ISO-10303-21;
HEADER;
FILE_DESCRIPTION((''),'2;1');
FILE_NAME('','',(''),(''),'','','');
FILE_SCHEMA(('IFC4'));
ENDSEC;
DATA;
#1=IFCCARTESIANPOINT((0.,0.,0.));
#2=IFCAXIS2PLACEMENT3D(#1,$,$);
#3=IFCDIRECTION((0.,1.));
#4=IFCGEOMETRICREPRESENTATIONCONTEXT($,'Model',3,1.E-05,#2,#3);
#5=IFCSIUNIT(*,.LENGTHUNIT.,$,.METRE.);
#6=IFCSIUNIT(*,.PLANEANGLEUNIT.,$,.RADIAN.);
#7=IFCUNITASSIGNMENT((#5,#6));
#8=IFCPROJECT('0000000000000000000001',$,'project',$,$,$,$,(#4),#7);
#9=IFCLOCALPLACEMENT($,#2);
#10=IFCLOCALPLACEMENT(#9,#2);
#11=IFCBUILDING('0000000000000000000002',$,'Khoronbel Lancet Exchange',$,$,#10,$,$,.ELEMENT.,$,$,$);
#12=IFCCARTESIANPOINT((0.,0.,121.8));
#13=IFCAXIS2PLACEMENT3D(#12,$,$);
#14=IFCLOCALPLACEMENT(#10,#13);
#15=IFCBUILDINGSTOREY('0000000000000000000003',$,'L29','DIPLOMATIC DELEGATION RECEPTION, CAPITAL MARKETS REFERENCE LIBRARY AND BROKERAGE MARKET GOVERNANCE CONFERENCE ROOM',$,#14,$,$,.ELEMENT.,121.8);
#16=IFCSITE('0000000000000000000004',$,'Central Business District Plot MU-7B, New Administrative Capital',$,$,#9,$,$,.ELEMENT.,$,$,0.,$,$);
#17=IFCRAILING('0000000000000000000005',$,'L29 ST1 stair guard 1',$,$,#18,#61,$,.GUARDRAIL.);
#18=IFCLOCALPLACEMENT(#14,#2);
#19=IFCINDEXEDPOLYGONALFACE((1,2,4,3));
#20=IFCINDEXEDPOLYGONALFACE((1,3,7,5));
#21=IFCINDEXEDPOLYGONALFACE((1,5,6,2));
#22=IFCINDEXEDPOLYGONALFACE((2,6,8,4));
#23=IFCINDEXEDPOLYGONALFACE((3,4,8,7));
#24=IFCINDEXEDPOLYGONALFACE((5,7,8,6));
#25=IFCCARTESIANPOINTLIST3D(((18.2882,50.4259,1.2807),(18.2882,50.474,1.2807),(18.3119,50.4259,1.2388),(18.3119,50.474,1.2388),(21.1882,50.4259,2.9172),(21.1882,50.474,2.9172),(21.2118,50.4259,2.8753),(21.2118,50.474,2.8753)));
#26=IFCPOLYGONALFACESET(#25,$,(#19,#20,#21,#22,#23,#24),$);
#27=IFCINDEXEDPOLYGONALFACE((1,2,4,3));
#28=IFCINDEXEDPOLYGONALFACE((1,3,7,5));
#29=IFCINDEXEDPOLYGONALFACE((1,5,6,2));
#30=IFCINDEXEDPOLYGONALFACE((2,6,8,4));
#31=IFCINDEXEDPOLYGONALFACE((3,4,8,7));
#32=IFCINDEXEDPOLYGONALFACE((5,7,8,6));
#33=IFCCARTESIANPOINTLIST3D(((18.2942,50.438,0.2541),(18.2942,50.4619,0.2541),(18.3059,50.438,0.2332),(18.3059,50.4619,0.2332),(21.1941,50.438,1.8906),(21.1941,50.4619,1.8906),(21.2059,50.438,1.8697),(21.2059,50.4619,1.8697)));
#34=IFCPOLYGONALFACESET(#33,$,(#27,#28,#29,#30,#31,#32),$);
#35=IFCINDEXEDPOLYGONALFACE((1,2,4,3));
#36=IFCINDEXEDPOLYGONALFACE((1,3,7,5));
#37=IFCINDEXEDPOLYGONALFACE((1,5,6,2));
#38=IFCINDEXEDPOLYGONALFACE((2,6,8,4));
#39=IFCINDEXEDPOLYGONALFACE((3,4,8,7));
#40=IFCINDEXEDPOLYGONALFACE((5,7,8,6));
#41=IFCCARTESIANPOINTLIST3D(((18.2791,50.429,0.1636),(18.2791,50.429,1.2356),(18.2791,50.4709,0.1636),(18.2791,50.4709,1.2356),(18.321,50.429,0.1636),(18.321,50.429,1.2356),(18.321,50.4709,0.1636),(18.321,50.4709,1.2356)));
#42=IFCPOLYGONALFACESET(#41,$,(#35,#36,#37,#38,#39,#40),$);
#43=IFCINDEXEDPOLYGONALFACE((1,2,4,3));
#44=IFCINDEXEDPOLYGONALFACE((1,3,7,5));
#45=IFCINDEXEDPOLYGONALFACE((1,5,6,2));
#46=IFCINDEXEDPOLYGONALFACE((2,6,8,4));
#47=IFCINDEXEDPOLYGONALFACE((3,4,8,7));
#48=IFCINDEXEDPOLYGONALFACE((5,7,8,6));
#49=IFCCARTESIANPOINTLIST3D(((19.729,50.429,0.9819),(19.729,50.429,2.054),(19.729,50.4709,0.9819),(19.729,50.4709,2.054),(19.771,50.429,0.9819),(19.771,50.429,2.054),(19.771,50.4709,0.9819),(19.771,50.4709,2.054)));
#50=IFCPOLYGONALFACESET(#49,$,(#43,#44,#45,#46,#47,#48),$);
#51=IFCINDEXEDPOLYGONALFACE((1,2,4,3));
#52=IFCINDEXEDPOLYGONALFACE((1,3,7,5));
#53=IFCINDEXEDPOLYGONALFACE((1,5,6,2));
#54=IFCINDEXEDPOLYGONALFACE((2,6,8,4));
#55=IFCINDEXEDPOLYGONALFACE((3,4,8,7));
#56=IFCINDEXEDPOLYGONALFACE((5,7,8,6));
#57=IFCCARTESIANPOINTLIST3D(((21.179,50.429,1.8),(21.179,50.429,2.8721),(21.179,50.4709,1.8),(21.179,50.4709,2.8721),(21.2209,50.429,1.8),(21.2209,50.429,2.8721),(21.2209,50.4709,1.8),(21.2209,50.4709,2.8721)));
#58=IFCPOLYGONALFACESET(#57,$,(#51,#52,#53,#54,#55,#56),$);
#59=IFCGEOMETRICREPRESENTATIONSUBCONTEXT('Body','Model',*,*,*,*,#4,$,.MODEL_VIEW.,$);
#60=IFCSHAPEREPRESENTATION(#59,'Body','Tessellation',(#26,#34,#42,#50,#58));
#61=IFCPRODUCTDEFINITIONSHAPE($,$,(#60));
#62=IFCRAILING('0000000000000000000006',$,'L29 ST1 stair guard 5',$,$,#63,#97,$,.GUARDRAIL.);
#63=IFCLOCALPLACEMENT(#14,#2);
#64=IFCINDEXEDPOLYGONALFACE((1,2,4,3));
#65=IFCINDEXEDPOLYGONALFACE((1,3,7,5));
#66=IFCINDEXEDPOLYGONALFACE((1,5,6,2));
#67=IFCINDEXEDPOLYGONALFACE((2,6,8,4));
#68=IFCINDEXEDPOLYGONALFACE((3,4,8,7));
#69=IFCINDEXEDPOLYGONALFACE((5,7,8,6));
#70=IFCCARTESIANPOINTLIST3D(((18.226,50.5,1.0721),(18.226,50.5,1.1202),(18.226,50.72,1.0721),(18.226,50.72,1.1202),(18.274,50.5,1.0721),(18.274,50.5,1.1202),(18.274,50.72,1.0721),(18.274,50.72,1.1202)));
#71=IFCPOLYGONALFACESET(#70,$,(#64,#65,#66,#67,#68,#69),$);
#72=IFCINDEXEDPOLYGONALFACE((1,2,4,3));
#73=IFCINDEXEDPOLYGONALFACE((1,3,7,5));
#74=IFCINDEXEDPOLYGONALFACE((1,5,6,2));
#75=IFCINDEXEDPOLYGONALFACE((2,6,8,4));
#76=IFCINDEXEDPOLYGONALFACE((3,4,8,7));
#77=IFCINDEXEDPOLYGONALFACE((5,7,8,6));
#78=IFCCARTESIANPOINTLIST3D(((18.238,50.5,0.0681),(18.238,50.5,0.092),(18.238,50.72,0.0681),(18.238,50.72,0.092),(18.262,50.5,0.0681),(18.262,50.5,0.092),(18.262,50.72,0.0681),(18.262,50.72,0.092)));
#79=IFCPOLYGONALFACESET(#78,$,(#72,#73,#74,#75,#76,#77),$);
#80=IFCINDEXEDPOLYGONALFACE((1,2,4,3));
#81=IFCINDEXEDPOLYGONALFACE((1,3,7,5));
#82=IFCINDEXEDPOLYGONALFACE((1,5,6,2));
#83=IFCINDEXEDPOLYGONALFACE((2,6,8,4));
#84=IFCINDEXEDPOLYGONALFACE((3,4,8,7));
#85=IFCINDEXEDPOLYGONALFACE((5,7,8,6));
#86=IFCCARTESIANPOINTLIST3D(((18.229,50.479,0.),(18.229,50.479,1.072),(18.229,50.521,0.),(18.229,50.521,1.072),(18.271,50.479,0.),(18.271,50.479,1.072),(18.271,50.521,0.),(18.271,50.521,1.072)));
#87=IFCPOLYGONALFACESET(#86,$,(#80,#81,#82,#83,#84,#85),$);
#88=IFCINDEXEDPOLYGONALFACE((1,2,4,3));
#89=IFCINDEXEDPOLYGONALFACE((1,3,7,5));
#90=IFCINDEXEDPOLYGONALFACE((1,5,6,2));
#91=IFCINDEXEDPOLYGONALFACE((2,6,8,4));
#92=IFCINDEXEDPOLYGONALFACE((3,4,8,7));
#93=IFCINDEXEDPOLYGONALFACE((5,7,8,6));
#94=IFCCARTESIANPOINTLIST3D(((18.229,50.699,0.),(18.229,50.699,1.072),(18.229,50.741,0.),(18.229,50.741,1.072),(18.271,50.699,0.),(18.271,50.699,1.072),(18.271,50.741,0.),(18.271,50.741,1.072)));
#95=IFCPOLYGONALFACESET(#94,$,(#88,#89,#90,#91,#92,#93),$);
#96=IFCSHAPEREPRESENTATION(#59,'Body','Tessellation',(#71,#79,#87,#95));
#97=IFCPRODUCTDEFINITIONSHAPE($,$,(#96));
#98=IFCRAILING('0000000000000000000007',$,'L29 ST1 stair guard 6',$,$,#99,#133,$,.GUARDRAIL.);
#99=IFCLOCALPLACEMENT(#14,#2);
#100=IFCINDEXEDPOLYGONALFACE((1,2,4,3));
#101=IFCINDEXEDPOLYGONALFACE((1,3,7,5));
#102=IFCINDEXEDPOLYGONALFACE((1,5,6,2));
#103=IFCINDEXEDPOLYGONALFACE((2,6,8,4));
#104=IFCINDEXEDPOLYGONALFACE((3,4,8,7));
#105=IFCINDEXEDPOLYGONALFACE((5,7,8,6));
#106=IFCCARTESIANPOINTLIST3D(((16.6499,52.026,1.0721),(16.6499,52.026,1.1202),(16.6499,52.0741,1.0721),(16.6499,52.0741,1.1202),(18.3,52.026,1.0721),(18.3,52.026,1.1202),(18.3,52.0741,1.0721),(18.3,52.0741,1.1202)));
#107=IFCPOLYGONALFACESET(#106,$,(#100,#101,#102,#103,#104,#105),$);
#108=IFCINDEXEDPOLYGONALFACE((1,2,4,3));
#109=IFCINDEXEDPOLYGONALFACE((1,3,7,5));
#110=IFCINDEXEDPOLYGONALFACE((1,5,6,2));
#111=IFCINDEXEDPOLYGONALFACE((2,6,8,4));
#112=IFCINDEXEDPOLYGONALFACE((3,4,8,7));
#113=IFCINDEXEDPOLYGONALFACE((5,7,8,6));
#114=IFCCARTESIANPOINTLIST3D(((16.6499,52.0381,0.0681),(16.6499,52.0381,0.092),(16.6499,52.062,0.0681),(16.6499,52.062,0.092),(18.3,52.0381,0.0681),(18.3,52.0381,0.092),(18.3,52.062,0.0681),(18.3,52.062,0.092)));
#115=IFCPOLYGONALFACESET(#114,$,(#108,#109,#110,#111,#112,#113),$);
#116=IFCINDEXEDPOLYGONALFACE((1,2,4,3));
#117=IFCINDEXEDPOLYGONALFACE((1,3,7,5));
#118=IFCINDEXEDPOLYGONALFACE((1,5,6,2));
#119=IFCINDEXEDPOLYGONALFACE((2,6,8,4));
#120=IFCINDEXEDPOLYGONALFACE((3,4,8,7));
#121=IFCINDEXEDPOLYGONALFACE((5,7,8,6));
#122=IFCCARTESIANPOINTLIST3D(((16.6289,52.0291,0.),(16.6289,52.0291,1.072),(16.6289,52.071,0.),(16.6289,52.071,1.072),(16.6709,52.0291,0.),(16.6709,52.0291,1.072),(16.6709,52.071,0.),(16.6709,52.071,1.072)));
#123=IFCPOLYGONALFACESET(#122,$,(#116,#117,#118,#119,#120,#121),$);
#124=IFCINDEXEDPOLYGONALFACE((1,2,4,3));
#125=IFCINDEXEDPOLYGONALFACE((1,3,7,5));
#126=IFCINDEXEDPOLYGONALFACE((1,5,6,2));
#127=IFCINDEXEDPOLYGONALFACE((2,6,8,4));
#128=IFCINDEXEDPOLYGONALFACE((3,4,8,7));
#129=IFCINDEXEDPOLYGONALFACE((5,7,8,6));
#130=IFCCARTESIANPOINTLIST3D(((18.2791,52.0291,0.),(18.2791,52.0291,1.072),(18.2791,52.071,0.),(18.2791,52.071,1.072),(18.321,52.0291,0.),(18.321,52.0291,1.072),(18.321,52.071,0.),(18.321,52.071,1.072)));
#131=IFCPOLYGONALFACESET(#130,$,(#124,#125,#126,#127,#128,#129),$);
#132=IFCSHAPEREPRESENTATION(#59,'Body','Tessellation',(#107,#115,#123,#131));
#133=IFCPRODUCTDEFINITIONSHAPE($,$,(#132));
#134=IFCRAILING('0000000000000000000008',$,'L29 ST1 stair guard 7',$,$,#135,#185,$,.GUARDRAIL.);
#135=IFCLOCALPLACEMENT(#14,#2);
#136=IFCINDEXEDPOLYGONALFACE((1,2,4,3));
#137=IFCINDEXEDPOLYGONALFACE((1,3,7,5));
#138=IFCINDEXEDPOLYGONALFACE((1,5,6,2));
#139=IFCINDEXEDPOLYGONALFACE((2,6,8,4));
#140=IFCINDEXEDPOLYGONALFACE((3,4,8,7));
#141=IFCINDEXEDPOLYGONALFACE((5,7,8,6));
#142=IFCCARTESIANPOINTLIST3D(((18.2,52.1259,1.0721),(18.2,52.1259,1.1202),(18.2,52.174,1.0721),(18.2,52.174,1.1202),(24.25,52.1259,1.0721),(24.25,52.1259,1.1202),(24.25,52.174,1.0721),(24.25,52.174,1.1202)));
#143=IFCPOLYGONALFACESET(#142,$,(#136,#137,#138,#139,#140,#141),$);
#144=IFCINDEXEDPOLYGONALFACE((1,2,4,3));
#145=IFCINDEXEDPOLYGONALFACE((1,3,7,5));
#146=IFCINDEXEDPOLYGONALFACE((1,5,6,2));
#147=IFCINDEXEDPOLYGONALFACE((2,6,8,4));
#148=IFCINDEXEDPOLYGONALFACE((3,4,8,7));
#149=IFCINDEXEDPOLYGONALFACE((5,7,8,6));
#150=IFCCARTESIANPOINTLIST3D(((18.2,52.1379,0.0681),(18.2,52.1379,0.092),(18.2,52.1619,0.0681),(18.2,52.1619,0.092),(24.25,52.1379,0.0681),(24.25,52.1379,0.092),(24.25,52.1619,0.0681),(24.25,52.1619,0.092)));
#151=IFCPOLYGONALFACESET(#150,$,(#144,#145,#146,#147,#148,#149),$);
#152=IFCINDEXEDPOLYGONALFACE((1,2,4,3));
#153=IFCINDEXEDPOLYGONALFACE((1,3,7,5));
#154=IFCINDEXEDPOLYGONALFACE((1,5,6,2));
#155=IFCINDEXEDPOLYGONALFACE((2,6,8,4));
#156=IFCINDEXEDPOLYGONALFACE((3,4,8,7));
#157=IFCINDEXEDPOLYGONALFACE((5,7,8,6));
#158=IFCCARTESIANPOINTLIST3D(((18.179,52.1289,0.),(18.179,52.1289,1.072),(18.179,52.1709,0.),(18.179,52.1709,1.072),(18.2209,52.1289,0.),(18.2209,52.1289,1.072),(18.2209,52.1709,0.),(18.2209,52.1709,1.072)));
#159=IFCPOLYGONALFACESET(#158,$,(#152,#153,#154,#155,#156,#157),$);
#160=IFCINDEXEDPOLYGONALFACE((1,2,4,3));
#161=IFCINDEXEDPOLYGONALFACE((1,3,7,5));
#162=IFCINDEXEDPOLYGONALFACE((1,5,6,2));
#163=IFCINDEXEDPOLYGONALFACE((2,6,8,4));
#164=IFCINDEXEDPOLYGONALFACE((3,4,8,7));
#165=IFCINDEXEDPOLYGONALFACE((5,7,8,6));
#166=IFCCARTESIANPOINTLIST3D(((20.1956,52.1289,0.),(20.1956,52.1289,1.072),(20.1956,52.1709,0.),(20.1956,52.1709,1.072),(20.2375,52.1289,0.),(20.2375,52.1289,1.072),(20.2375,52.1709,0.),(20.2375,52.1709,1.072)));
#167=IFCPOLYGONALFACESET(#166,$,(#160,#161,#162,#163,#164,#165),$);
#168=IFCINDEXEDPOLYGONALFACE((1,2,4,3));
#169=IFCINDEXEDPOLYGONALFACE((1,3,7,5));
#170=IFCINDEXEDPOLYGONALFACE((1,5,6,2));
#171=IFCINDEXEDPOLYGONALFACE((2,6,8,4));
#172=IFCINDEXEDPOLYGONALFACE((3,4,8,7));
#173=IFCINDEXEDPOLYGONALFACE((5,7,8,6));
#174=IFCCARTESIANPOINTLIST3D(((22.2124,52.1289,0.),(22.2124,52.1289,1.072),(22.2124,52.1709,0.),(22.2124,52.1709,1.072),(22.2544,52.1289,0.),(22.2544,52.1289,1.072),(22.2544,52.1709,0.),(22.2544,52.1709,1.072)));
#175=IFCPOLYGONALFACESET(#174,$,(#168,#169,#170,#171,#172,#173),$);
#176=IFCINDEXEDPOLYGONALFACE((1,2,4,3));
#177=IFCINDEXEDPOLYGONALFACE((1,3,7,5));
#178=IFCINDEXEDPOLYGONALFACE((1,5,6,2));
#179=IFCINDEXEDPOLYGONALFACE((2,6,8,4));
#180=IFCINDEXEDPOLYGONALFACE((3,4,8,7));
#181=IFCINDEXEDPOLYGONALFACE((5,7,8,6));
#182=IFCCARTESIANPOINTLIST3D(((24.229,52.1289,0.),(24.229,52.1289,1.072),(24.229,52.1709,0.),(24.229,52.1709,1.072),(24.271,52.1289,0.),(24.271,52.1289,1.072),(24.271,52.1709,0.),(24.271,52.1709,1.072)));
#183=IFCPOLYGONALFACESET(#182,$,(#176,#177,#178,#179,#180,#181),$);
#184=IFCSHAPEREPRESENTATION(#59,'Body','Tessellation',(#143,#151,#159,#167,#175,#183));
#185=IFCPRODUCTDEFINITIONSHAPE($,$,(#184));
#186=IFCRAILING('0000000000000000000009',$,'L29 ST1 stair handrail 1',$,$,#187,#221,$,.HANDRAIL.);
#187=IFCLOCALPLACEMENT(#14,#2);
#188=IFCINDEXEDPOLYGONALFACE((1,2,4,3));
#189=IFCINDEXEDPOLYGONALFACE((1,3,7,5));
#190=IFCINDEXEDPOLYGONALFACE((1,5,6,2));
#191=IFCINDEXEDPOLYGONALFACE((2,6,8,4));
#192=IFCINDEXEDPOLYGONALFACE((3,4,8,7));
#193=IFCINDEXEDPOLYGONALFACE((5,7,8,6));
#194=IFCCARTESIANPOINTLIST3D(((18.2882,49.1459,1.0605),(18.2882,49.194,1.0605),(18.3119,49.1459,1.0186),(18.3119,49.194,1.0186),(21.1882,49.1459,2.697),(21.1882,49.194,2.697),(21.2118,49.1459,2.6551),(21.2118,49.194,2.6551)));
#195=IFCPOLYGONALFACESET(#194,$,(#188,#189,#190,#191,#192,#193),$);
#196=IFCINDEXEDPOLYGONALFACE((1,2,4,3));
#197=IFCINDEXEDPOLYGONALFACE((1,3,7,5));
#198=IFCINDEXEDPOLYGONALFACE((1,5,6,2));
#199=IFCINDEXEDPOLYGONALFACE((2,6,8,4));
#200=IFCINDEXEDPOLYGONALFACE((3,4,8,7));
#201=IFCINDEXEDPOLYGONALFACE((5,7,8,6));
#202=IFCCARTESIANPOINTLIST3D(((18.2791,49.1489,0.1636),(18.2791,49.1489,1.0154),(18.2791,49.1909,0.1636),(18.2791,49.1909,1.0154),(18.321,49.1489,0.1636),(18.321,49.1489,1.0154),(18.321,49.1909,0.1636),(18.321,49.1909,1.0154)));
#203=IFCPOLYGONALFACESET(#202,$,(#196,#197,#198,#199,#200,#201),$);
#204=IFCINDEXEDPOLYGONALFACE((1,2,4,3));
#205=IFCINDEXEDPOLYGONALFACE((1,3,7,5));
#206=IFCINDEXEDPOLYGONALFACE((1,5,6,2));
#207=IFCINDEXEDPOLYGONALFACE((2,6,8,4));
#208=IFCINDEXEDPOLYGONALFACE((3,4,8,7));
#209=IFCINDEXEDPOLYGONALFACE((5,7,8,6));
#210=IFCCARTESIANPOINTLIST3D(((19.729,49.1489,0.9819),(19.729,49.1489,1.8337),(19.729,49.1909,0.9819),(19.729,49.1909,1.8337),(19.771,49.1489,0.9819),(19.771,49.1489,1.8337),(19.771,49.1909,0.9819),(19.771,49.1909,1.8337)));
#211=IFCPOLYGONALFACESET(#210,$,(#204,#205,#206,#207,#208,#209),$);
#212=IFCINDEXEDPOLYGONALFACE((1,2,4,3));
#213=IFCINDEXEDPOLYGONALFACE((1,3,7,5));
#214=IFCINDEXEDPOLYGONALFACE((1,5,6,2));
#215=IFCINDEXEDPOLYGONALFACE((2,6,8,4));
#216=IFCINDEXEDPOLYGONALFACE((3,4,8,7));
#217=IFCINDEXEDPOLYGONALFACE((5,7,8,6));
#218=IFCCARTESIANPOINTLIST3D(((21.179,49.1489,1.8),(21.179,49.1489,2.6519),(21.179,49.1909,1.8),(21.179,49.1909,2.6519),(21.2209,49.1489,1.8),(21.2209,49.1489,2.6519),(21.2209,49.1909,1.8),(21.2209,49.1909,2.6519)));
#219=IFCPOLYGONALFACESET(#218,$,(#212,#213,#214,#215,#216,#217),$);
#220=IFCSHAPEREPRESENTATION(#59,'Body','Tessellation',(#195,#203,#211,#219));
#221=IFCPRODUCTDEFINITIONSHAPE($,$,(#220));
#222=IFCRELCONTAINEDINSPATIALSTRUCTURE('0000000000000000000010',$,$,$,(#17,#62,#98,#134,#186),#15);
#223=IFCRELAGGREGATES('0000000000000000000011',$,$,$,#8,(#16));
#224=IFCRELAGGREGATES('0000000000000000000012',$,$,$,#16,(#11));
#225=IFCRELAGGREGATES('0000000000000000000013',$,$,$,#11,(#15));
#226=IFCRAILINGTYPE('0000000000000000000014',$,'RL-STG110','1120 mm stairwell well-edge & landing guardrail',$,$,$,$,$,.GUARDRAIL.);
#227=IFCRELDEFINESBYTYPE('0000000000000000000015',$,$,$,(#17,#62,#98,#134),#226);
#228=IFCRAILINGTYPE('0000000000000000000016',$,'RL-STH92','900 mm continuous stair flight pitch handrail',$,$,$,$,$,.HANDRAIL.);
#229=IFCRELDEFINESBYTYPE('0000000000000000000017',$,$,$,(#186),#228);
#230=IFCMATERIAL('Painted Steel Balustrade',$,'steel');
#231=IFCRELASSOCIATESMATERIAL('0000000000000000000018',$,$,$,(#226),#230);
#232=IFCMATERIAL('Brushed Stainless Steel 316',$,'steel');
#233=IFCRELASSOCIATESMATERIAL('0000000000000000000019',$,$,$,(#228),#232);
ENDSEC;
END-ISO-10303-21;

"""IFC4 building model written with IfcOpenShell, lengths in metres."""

from ifc_helpers import new_model, si_unit, direction, frame, origin, origin_2d, place, context, subcontext, project, spatial, rectangle, extrude, material, type_object, element, save


model = new_model("IFC4")

# Units and contexts
model_context = context("Model", 3, precision=1e-05, world=origin(), true_north=direction((0.0, 1.0)))
body_context = subcontext(model_context, "Body", "Model", "MODEL_VIEW")
ifc_project = project(units=[si_unit("LENGTHUNIT", "METRE"), si_unit("PLANEANGLEUNIT", "RADIAN")], contexts=[model_context])

# Site, building, storey
site_placement = place(None, origin())
site = spatial("IfcSite", under=ifc_project, at=site_placement, Name="Central Business District Plot MU-7B, New Administrative Capital", CompositionType="ELEMENT", RefElevation=0.0)
building_placement = place(site_placement, origin())
building = spatial("IfcBuilding", under=site, at=building_placement, Name="Khoronbel Lancet Exchange", CompositionType="ELEMENT")
storey_placement = place(building_placement, frame((0.0, 0.0, 121.8)))
storey = spatial("IfcBuildingStorey", under=building, at=storey_placement, Name="L29", Description="DIPLOMATIC DELEGATION RECEPTION, CAPITAL MARKETS REFERENCE LIBRARY AND BROKERAGE MARKET GOVERNANCE CONFERENCE ROOM", CompositionType="ELEMENT", Elevation=121.8)

# Railings
ifc_material_1 = material(Name="Painted Steel Balustrade", Category="steel")
railing_type_1 = type_object("IfcRailingType", Name="RL-STG110", Description="1120 mm stairwell well-edge & landing guardrail", PredefinedType="GUARDRAIL", material=ifc_material_1)
railing_1_placement = place(storey_placement, frame((18.3, 50.45, 0.1636)))
element("IfcRailing", 1, at=railing_1_placement, inside=storey, type_object=railing_type_1, Name="L29 ST1 stair guard 1", PredefinedType="GUARDRAIL", context=body_context, shape_type="SweptSolid", body=[
    extrude(rectangle(XDim=0.0481, YDim=0.0481, at=origin_2d()), frame((0.0, 0.0, 1.0962), z_axis=(0.870897, 0.0, 0.491465), x_axis=(0.0, 1.0, 0.0)), (0.0, 0.0, 1.0), 3.3298),
    extrude(rectangle(XDim=0.0239, YDim=0.0239, at=origin_2d()), frame((0.0, 0.0, 0.0801), z_axis=(0.870897, 0.0, 0.491465), x_axis=(0.0, 1.0, 0.0)), (0.0, 0.0, 1.0), 3.3298),
    extrude(rectangle(XDim=0.042, YDim=0.042, at=origin_2d()), origin(), (0.0, 0.0, 1.0), 1.072),
    extrude(rectangle(XDim=0.042, YDim=0.042, at=origin_2d()), frame((1.45, 0.0, 0.8184)), (0.0, 0.0, 1.0), 1.072),
    extrude(rectangle(XDim=0.042, YDim=0.042, at=origin_2d()), frame((2.8999, 0.0, 1.6365)), (0.0, 0.0, 1.0), 1.072),
])
railing_2_placement = place(storey_placement, frame((18.25, 50.5, 0.0)))
element("IfcRailing", 2, at=railing_2_placement, inside=storey, type_object=railing_type_1, Name="L29 ST1 stair guard 5", PredefinedType="GUARDRAIL", context=body_context, shape_type="SweptSolid", body=[
    extrude(rectangle(XDim=0.0481, YDim=0.0481, at=origin_2d()), frame((0.0, 0.0, 1.0962), z_axis=(0.0, 1.0, 0.0), x_axis=(-1.0, 0.0, 0.0)), (0.0, 0.0, 1.0), 0.22),
    extrude(rectangle(XDim=0.0239, YDim=0.0239, at=origin_2d()), frame((0.0, 0.0, 0.0801), z_axis=(0.0, 1.0, 0.0), x_axis=(-1.0, 0.0, 0.0)), (0.0, 0.0, 1.0), 0.22),
    extrude(rectangle(XDim=0.042, YDim=0.042, at=origin_2d()), origin(), (0.0, 0.0, 1.0), 1.072),
    extrude(rectangle(XDim=0.042, YDim=0.042, at=origin_2d()), frame((0.0, 0.22, 0.0)), (0.0, 0.0, 1.0), 1.072),
])
railing_3_placement = place(storey_placement, frame((16.6499, 52.05, 0.0)))
element("IfcRailing", 3, at=railing_3_placement, inside=storey, type_object=railing_type_1, Name="L29 ST1 stair guard 6", PredefinedType="GUARDRAIL", context=body_context, shape_type="SweptSolid", body=[
    extrude(rectangle(XDim=0.0481, YDim=0.0481, at=origin_2d()), frame((0.0, 0.0, 1.0962), z_axis=(1.0, 0.0, 0.0), x_axis=(0.0, 1.0, 0.0)), (0.0, 0.0, 1.0), 1.6501),
    extrude(rectangle(XDim=0.0239, YDim=0.0239, at=origin_2d()), frame((0.0, 0.0, 0.0801), z_axis=(1.0, 0.0, 0.0), x_axis=(0.0, 1.0, 0.0)), (0.0, 0.0, 1.0), 1.6501),
    extrude(rectangle(XDim=0.042, YDim=0.042, at=origin_2d()), origin(), (0.0, 0.0, 1.0), 1.072),
    extrude(rectangle(XDim=0.042, YDim=0.042, at=origin_2d()), frame((1.6501, 0.0, 0.0)), (0.0, 0.0, 1.0), 1.072),
])
railing_4_placement = place(storey_placement, frame((18.2, 52.1499, 0.0)))
element("IfcRailing", 4, at=railing_4_placement, inside=storey, type_object=railing_type_1, Name="L29 ST1 stair guard 7", PredefinedType="GUARDRAIL", context=body_context, shape_type="SweptSolid", body=[
    extrude(rectangle(XDim=0.0481, YDim=0.0481, at=origin_2d()), frame((0.0, 0.0, 1.0962), z_axis=(1.0, 0.0, 0.0), x_axis=(0.0, 1.0, 0.0)), (0.0, 0.0, 1.0), 6.05),
    extrude(rectangle(XDim=0.0239, YDim=0.0239, at=origin_2d()), frame((0.0, 0.0, 0.0801), z_axis=(1.0, 0.0, 0.0), x_axis=(0.0, 1.0, 0.0)), (0.0, 0.0, 1.0), 6.05),
    extrude(rectangle(XDim=0.042, YDim=0.042, at=origin_2d()), origin(), (0.0, 0.0, 1.0), 1.072),
    extrude(rectangle(XDim=0.042, YDim=0.042, at=origin_2d()), frame((2.0166, 0.0, 0.0)), (0.0, 0.0, 1.0), 1.072),
    extrude(rectangle(XDim=0.042, YDim=0.042, at=origin_2d()), frame((4.0334, 0.0, 0.0)), (0.0, 0.0, 1.0), 1.072),
    extrude(rectangle(XDim=0.042, YDim=0.042, at=origin_2d()), frame((6.05, 0.0, 0.0)), (0.0, 0.0, 1.0), 1.072),
])
ifc_material_2 = material(Name="Brushed Stainless Steel 316", Category="steel")
railing_type_2 = type_object("IfcRailingType", Name="RL-STH92", Description="900 mm continuous stair flight pitch handrail", PredefinedType="HANDRAIL", material=ifc_material_2)
railing_5_placement = place(storey_placement, frame((18.3, 49.1699, 0.1636)))
element("IfcRailing", 5, at=railing_5_placement, inside=storey, type_object=railing_type_2, Name="L29 ST1 stair handrail 1", PredefinedType="HANDRAIL", context=body_context, shape_type="SweptSolid", body=[
    extrude(rectangle(XDim=0.0481, YDim=0.0481, at=origin_2d()), frame((0.0, 0.0, 0.876), z_axis=(0.870897, 0.0, 0.491465), x_axis=(0.0, 1.0, 0.0)), (0.0, 0.0, 1.0), 3.3298),
    extrude(rectangle(XDim=0.042, YDim=0.042, at=origin_2d()), origin(), (0.0, 0.0, 1.0), 0.8518),
    extrude(rectangle(XDim=0.042, YDim=0.042, at=origin_2d()), frame((1.45, 0.0, 0.8184)), (0.0, 0.0, 1.0), 0.8518),
    extrude(rectangle(XDim=0.042, YDim=0.042, at=origin_2d()), frame((2.8999, 0.0, 1.6365)), (0.0, 0.0, 1.0), 0.8518),
])

save(model, "model.ifc")
